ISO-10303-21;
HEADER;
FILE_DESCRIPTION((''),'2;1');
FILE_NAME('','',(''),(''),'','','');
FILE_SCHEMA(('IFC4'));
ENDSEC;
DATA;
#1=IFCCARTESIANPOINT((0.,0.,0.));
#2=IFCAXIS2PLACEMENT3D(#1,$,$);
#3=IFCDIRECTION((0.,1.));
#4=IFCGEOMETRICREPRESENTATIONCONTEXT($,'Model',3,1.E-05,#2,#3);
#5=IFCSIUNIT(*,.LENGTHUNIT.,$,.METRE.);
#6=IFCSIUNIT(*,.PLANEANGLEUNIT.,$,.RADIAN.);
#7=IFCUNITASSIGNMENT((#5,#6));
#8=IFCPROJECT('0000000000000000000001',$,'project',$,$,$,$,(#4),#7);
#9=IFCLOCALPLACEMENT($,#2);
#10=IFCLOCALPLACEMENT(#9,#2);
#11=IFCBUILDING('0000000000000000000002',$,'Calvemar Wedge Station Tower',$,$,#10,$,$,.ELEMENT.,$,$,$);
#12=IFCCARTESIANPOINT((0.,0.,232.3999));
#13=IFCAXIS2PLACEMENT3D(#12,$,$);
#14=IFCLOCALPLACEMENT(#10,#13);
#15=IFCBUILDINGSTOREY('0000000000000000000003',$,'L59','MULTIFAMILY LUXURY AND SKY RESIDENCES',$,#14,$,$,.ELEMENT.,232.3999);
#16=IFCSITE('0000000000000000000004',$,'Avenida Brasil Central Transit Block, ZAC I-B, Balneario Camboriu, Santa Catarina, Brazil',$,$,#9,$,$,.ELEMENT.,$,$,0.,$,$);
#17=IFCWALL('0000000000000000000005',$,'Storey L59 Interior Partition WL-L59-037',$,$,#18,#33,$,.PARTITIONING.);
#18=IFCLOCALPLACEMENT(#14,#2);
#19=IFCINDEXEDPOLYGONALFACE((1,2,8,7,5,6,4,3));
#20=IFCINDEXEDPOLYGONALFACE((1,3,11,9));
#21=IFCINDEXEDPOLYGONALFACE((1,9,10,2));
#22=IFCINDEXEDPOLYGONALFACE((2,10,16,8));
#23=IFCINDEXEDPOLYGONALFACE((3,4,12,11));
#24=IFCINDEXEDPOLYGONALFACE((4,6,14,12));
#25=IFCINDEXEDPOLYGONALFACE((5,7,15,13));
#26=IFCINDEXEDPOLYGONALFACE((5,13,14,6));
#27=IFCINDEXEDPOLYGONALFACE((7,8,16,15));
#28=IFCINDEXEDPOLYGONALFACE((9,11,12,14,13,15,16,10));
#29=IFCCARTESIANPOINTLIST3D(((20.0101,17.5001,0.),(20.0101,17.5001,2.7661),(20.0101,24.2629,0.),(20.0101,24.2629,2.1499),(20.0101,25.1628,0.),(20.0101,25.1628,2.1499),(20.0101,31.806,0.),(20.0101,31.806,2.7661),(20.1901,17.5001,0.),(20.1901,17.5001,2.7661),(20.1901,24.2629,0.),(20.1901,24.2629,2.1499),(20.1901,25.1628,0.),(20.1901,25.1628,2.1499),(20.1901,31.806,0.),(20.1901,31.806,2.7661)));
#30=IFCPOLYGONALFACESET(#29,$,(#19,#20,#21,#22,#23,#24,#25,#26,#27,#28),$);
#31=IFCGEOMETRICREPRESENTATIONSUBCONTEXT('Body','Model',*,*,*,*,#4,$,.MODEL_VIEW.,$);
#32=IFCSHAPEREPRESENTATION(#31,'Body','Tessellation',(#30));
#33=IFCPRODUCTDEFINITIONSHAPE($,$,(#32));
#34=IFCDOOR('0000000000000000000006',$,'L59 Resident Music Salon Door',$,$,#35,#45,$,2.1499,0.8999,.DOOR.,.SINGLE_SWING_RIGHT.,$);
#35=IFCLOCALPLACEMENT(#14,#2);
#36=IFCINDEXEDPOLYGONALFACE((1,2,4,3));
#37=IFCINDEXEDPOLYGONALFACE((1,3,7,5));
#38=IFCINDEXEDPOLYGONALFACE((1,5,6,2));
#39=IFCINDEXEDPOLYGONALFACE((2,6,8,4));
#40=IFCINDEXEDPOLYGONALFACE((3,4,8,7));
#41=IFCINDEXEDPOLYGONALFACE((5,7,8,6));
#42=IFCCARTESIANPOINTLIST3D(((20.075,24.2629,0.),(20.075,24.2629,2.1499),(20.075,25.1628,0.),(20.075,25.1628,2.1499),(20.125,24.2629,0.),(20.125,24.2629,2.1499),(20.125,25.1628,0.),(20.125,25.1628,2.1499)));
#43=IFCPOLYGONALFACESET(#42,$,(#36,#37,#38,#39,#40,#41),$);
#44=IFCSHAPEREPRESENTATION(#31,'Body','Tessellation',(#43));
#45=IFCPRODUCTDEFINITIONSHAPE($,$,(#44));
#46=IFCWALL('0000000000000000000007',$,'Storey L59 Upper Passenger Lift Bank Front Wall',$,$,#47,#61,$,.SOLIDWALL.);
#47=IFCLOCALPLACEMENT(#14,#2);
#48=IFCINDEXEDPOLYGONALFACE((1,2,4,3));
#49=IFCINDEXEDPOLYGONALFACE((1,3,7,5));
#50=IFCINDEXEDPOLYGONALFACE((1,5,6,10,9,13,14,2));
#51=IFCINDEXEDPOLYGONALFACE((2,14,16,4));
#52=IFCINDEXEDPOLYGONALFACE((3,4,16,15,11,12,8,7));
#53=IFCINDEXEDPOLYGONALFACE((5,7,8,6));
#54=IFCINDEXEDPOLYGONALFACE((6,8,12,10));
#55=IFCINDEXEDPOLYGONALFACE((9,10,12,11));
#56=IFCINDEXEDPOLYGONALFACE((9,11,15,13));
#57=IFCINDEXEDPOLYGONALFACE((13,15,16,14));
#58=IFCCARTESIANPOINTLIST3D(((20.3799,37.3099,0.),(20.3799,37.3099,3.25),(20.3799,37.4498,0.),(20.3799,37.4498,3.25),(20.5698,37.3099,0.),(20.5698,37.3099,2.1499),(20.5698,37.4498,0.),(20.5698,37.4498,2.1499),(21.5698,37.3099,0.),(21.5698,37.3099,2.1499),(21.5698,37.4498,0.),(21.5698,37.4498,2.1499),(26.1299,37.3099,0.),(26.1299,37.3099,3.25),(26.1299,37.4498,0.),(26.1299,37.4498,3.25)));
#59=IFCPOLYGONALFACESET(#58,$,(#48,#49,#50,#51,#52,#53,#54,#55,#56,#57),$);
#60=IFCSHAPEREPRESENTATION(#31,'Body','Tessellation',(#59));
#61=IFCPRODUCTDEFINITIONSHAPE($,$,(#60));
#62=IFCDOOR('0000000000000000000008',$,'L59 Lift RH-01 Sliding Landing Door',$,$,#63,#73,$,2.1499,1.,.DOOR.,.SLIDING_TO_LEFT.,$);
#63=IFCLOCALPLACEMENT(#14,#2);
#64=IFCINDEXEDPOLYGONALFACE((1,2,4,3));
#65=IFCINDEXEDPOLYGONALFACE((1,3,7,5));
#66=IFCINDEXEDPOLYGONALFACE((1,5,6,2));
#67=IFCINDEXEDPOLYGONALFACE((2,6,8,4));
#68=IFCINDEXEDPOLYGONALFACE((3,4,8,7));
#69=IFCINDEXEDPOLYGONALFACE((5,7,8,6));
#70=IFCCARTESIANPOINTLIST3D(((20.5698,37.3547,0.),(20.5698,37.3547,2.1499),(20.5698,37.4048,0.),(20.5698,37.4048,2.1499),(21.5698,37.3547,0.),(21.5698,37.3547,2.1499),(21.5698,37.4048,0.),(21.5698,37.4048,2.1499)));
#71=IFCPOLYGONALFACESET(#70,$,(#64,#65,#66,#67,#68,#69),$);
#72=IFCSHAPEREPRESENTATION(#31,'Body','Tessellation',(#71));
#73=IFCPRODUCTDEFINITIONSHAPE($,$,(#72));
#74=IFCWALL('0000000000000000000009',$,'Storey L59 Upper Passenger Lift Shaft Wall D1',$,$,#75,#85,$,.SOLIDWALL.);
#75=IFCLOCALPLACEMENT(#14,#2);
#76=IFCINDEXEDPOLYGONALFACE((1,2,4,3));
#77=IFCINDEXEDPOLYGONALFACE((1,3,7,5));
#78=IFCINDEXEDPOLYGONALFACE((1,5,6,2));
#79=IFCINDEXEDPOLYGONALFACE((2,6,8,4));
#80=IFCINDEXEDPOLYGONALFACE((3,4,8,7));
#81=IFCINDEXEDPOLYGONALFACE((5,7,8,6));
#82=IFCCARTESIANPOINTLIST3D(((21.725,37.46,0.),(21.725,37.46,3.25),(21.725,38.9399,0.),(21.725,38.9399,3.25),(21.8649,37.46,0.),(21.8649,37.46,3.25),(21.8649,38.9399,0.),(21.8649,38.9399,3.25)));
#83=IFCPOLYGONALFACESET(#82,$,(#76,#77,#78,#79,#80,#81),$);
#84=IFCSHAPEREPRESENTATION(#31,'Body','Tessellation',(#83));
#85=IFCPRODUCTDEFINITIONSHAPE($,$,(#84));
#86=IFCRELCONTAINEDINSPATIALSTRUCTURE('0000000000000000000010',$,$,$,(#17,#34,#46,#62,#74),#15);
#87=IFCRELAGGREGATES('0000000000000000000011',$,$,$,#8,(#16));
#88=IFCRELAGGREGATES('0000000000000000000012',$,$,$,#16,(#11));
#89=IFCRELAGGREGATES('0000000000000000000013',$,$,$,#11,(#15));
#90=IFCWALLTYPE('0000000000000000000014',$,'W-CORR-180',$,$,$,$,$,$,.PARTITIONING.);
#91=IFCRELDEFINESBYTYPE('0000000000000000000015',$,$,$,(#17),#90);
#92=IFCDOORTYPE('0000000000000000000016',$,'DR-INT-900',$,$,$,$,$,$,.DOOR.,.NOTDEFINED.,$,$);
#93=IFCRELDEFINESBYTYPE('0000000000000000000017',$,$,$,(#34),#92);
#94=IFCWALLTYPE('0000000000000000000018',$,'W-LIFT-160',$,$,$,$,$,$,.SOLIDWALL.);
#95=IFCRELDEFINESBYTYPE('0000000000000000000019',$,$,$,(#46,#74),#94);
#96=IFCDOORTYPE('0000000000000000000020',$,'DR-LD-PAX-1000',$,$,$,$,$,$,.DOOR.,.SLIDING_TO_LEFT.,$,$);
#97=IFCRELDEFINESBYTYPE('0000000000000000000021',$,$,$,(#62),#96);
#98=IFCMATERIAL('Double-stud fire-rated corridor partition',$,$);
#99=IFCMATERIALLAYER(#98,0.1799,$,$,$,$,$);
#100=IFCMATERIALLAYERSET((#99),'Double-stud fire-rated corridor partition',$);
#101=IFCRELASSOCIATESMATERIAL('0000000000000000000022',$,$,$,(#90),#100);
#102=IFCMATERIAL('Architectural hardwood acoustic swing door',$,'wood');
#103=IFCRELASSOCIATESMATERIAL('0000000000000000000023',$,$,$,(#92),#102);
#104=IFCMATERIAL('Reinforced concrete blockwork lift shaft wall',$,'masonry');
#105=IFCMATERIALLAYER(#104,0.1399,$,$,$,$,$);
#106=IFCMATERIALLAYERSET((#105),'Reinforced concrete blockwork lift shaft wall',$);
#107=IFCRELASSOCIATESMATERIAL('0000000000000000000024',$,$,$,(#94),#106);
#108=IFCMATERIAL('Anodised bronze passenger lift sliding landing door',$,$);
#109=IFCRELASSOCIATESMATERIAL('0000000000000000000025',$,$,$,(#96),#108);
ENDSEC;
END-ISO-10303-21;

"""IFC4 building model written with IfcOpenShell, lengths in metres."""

from ifc_helpers import new_model, si_unit, direction, frame, frame_2d, origin, place, context, subcontext, project, spatial, rectangle, extrude, source, transform, mapped, material, layer, layer_set, type_object, element, fill, save


model = new_model("IFC4")

# Units and contexts
model_context = context("Model", 3, precision=1e-05, world=origin(), true_north=direction((0.0, 1.0)))
body_context = subcontext(model_context, "Body", "Model", "MODEL_VIEW")
ifc_project = project(units=[si_unit("LENGTHUNIT", "METRE"), si_unit("PLANEANGLEUNIT", "RADIAN")], contexts=[model_context])

# Site, building, storey
site_placement = place(None, origin())
site = spatial("IfcSite", under=ifc_project, at=site_placement, Name="Avenida Brasil Central Transit Block, ZAC I-B, Balneario Camboriu, Santa Catarina, Brazil", CompositionType="ELEMENT", RefElevation=0.0)
building_placement = place(site_placement, origin())
building = spatial("IfcBuilding", under=site, at=building_placement, Name="Calvemar Wedge Station Tower", CompositionType="ELEMENT")
storey_placement = place(building_placement, frame((0.0, 0.0, 232.3999)))
storey = spatial("IfcBuildingStorey", under=building, at=storey_placement, Name="L59", Description="MULTIFAMILY LUXURY AND SKY RESIDENCES", CompositionType="ELEMENT", Elevation=232.3999)

# Shared definitions
ifc_material_1 = material(Name="Double-stud fire-rated corridor partition")
ifc_layer_1 = layer(ifc_material_1, 0.1799)
ifc_layer_set_1 = layer_set([ifc_layer_1], Name="Double-stud fire-rated corridor partition")
wall_type_1 = type_object("IfcWallType", Name="W-CORR-180", PredefinedType="PARTITIONING", material=ifc_layer_set_1)
shared_shape_1 = source(origin(), body_context, "Body", "SweptSolid", [
    extrude(rectangle(XDim=0.8999, YDim=2.1499, at=frame_2d((0.45, 1.075))), frame((0.0, 0.1001, 0.0), z_axis=(0.0, -1.0, 0.0), x_axis=(1.0, 0.0, 0.0)), (0.0, 0.0, 1.0), 0.2),
])

# Walls, openings, doors
wall_1_placement = place(storey_placement, frame((20.1001, 31.8059, 0.0), z_axis=(0.0, 0.0, 1.0), x_axis=(0.0, -1.0, 0.0)))
wall_1 = element("IfcWall", 1, at=wall_1_placement, inside=storey, type_object=wall_type_1, Name="Storey L59 Interior Partition WL-L59-037", PredefinedType="PARTITIONING", context=body_context, shape_type="SweptSolid", body=[
    extrude(rectangle(XDim=14.3059, YDim=0.1799, at=frame_2d((7.1528, 0.0))), origin(), (0.0, 0.0, 1.0), 2.7661),
])
opening_1_placement = place(wall_1_placement, frame((6.6431, 0.0, 0.0)))
opening_1 = element("IfcOpeningElement", 2, at=opening_1_placement, cuts=wall_1, PredefinedType="OPENING", context=body_context, shape_type="MappedRepresentation", body=[
    mapped(shared_shape_1, transform((0.0, 0.0, 0.0), scale=1.0)),
])
ifc_material_2 = material(Name="Architectural hardwood acoustic swing door", Category="wood")
door_type_1 = type_object("IfcDoorType", Name="DR-INT-900", OperationType="NOTDEFINED", PredefinedType="DOOR", material=ifc_material_2)
shared_shape_2 = source(origin(), body_context, "Body", "SweptSolid", [
    extrude(rectangle(XDim=0.8999, YDim=2.1499, at=frame_2d((0.45, 1.075))), frame((0.0, 0.0249, 0.0), z_axis=(0.0, -1.0, 0.0), x_axis=(1.0, 0.0, 0.0)), (0.0, 0.0, 1.0), 0.05),
])
door_1_placement = place(opening_1_placement, origin())
door_1 = element("IfcDoor", 3, at=door_1_placement, inside=storey, type_object=door_type_1, Name="L59 Resident Music Salon Door", OperationType="SINGLE_SWING_RIGHT", OverallHeight=2.1499, OverallWidth=0.8999, PredefinedType="DOOR", context=body_context, shape_type="MappedRepresentation", body=[
    mapped(shared_shape_2, transform((0.0, 0.0, 0.0), scale=1.0)),
])
fill(opening_1, door_1)
ifc_material_3 = material(Name="Reinforced concrete blockwork lift shaft wall", Category="masonry")
ifc_layer_2 = layer(ifc_material_3, 0.1399)
ifc_layer_set_2 = layer_set([ifc_layer_2], Name="Reinforced concrete blockwork lift shaft wall")
wall_type_2 = type_object("IfcWallType", Name="W-LIFT-160", PredefinedType="SOLIDWALL", material=ifc_layer_set_2)
wall_2_placement = place(storey_placement, frame((20.3799, 37.3799, 0.0), z_axis=(0.0, 0.0, 1.0), x_axis=(1.0, 0.0, 0.0)))
wall_2 = element("IfcWall", 4, at=wall_2_placement, inside=storey, type_object=wall_type_2, Name="Storey L59 Upper Passenger Lift Bank Front Wall", PredefinedType="SOLIDWALL", context=body_context, shape_type="SweptSolid", body=[
    extrude(rectangle(XDim=5.75, YDim=0.1399, at=frame_2d((2.875, 0.0))), origin(), (0.0, 0.0, 1.0), 3.25),
])
shared_shape_3 = source(origin(), body_context, "Body", "SweptSolid", [
    extrude(rectangle(XDim=1.0, YDim=2.1499, at=frame_2d((0.5, 1.075))), frame((0.0, 0.0801, 0.0), z_axis=(0.0, -1.0, 0.0), x_axis=(1.0, 0.0, 0.0)), (0.0, 0.0, 1.0), 0.1599),
])
opening_2_placement = place(wall_2_placement, frame((0.1899, 0.0, 0.0)))
opening_2 = element("IfcOpeningElement", 5, at=opening_2_placement, cuts=wall_2, PredefinedType="OPENING", context=body_context, shape_type="MappedRepresentation", body=[
    mapped(shared_shape_3, transform((0.0, 0.0, 0.0), scale=1.0)),
])
ifc_material_4 = material(Name="Anodised bronze passenger lift sliding landing door")
door_type_2 = type_object("IfcDoorType", Name="DR-LD-PAX-1000", OperationType="SLIDING_TO_LEFT", PredefinedType="DOOR", material=ifc_material_4)
shared_shape_4 = source(origin(), body_context, "Body", "SweptSolid", [
    extrude(rectangle(XDim=1.0, YDim=2.1499, at=frame_2d((0.5, 1.075))), frame((0.0, 0.0249, 0.0), z_axis=(0.0, -1.0, 0.0), x_axis=(1.0, 0.0, 0.0)), (0.0, 0.0, 1.0), 0.05),
])
door_2_placement = place(opening_2_placement, origin())
door_2 = element("IfcDoor", 6, at=door_2_placement, inside=storey, type_object=door_type_2, Name="L59 Lift RH-01 Sliding Landing Door", OperationType="SLIDING_TO_LEFT", OverallHeight=2.1499, OverallWidth=1.0, PredefinedType="DOOR", context=body_context, shape_type="MappedRepresentation", body=[
    mapped(shared_shape_4, transform((0.0, 0.0, 0.0), scale=1.0)),
])
fill(opening_2, door_2)

# Wall
wall_3_placement = place(storey_placement, frame((21.7949, 37.46, 0.0), z_axis=(0.0, 0.0, 1.0), x_axis=(0.0, 1.0, 0.0)))
element("IfcWall", 7, at=wall_3_placement, inside=storey, type_object=wall_type_2, Name="Storey L59 Upper Passenger Lift Shaft Wall D1", PredefinedType="SOLIDWALL", context=body_context, shape_type="SweptSolid", body=[
    extrude(rectangle(XDim=1.48, YDim=0.1399, at=frame_2d((0.74, 0.0))), origin(), (0.0, 0.0, 1.0), 3.25),
])

save(model, "model.ifc")
